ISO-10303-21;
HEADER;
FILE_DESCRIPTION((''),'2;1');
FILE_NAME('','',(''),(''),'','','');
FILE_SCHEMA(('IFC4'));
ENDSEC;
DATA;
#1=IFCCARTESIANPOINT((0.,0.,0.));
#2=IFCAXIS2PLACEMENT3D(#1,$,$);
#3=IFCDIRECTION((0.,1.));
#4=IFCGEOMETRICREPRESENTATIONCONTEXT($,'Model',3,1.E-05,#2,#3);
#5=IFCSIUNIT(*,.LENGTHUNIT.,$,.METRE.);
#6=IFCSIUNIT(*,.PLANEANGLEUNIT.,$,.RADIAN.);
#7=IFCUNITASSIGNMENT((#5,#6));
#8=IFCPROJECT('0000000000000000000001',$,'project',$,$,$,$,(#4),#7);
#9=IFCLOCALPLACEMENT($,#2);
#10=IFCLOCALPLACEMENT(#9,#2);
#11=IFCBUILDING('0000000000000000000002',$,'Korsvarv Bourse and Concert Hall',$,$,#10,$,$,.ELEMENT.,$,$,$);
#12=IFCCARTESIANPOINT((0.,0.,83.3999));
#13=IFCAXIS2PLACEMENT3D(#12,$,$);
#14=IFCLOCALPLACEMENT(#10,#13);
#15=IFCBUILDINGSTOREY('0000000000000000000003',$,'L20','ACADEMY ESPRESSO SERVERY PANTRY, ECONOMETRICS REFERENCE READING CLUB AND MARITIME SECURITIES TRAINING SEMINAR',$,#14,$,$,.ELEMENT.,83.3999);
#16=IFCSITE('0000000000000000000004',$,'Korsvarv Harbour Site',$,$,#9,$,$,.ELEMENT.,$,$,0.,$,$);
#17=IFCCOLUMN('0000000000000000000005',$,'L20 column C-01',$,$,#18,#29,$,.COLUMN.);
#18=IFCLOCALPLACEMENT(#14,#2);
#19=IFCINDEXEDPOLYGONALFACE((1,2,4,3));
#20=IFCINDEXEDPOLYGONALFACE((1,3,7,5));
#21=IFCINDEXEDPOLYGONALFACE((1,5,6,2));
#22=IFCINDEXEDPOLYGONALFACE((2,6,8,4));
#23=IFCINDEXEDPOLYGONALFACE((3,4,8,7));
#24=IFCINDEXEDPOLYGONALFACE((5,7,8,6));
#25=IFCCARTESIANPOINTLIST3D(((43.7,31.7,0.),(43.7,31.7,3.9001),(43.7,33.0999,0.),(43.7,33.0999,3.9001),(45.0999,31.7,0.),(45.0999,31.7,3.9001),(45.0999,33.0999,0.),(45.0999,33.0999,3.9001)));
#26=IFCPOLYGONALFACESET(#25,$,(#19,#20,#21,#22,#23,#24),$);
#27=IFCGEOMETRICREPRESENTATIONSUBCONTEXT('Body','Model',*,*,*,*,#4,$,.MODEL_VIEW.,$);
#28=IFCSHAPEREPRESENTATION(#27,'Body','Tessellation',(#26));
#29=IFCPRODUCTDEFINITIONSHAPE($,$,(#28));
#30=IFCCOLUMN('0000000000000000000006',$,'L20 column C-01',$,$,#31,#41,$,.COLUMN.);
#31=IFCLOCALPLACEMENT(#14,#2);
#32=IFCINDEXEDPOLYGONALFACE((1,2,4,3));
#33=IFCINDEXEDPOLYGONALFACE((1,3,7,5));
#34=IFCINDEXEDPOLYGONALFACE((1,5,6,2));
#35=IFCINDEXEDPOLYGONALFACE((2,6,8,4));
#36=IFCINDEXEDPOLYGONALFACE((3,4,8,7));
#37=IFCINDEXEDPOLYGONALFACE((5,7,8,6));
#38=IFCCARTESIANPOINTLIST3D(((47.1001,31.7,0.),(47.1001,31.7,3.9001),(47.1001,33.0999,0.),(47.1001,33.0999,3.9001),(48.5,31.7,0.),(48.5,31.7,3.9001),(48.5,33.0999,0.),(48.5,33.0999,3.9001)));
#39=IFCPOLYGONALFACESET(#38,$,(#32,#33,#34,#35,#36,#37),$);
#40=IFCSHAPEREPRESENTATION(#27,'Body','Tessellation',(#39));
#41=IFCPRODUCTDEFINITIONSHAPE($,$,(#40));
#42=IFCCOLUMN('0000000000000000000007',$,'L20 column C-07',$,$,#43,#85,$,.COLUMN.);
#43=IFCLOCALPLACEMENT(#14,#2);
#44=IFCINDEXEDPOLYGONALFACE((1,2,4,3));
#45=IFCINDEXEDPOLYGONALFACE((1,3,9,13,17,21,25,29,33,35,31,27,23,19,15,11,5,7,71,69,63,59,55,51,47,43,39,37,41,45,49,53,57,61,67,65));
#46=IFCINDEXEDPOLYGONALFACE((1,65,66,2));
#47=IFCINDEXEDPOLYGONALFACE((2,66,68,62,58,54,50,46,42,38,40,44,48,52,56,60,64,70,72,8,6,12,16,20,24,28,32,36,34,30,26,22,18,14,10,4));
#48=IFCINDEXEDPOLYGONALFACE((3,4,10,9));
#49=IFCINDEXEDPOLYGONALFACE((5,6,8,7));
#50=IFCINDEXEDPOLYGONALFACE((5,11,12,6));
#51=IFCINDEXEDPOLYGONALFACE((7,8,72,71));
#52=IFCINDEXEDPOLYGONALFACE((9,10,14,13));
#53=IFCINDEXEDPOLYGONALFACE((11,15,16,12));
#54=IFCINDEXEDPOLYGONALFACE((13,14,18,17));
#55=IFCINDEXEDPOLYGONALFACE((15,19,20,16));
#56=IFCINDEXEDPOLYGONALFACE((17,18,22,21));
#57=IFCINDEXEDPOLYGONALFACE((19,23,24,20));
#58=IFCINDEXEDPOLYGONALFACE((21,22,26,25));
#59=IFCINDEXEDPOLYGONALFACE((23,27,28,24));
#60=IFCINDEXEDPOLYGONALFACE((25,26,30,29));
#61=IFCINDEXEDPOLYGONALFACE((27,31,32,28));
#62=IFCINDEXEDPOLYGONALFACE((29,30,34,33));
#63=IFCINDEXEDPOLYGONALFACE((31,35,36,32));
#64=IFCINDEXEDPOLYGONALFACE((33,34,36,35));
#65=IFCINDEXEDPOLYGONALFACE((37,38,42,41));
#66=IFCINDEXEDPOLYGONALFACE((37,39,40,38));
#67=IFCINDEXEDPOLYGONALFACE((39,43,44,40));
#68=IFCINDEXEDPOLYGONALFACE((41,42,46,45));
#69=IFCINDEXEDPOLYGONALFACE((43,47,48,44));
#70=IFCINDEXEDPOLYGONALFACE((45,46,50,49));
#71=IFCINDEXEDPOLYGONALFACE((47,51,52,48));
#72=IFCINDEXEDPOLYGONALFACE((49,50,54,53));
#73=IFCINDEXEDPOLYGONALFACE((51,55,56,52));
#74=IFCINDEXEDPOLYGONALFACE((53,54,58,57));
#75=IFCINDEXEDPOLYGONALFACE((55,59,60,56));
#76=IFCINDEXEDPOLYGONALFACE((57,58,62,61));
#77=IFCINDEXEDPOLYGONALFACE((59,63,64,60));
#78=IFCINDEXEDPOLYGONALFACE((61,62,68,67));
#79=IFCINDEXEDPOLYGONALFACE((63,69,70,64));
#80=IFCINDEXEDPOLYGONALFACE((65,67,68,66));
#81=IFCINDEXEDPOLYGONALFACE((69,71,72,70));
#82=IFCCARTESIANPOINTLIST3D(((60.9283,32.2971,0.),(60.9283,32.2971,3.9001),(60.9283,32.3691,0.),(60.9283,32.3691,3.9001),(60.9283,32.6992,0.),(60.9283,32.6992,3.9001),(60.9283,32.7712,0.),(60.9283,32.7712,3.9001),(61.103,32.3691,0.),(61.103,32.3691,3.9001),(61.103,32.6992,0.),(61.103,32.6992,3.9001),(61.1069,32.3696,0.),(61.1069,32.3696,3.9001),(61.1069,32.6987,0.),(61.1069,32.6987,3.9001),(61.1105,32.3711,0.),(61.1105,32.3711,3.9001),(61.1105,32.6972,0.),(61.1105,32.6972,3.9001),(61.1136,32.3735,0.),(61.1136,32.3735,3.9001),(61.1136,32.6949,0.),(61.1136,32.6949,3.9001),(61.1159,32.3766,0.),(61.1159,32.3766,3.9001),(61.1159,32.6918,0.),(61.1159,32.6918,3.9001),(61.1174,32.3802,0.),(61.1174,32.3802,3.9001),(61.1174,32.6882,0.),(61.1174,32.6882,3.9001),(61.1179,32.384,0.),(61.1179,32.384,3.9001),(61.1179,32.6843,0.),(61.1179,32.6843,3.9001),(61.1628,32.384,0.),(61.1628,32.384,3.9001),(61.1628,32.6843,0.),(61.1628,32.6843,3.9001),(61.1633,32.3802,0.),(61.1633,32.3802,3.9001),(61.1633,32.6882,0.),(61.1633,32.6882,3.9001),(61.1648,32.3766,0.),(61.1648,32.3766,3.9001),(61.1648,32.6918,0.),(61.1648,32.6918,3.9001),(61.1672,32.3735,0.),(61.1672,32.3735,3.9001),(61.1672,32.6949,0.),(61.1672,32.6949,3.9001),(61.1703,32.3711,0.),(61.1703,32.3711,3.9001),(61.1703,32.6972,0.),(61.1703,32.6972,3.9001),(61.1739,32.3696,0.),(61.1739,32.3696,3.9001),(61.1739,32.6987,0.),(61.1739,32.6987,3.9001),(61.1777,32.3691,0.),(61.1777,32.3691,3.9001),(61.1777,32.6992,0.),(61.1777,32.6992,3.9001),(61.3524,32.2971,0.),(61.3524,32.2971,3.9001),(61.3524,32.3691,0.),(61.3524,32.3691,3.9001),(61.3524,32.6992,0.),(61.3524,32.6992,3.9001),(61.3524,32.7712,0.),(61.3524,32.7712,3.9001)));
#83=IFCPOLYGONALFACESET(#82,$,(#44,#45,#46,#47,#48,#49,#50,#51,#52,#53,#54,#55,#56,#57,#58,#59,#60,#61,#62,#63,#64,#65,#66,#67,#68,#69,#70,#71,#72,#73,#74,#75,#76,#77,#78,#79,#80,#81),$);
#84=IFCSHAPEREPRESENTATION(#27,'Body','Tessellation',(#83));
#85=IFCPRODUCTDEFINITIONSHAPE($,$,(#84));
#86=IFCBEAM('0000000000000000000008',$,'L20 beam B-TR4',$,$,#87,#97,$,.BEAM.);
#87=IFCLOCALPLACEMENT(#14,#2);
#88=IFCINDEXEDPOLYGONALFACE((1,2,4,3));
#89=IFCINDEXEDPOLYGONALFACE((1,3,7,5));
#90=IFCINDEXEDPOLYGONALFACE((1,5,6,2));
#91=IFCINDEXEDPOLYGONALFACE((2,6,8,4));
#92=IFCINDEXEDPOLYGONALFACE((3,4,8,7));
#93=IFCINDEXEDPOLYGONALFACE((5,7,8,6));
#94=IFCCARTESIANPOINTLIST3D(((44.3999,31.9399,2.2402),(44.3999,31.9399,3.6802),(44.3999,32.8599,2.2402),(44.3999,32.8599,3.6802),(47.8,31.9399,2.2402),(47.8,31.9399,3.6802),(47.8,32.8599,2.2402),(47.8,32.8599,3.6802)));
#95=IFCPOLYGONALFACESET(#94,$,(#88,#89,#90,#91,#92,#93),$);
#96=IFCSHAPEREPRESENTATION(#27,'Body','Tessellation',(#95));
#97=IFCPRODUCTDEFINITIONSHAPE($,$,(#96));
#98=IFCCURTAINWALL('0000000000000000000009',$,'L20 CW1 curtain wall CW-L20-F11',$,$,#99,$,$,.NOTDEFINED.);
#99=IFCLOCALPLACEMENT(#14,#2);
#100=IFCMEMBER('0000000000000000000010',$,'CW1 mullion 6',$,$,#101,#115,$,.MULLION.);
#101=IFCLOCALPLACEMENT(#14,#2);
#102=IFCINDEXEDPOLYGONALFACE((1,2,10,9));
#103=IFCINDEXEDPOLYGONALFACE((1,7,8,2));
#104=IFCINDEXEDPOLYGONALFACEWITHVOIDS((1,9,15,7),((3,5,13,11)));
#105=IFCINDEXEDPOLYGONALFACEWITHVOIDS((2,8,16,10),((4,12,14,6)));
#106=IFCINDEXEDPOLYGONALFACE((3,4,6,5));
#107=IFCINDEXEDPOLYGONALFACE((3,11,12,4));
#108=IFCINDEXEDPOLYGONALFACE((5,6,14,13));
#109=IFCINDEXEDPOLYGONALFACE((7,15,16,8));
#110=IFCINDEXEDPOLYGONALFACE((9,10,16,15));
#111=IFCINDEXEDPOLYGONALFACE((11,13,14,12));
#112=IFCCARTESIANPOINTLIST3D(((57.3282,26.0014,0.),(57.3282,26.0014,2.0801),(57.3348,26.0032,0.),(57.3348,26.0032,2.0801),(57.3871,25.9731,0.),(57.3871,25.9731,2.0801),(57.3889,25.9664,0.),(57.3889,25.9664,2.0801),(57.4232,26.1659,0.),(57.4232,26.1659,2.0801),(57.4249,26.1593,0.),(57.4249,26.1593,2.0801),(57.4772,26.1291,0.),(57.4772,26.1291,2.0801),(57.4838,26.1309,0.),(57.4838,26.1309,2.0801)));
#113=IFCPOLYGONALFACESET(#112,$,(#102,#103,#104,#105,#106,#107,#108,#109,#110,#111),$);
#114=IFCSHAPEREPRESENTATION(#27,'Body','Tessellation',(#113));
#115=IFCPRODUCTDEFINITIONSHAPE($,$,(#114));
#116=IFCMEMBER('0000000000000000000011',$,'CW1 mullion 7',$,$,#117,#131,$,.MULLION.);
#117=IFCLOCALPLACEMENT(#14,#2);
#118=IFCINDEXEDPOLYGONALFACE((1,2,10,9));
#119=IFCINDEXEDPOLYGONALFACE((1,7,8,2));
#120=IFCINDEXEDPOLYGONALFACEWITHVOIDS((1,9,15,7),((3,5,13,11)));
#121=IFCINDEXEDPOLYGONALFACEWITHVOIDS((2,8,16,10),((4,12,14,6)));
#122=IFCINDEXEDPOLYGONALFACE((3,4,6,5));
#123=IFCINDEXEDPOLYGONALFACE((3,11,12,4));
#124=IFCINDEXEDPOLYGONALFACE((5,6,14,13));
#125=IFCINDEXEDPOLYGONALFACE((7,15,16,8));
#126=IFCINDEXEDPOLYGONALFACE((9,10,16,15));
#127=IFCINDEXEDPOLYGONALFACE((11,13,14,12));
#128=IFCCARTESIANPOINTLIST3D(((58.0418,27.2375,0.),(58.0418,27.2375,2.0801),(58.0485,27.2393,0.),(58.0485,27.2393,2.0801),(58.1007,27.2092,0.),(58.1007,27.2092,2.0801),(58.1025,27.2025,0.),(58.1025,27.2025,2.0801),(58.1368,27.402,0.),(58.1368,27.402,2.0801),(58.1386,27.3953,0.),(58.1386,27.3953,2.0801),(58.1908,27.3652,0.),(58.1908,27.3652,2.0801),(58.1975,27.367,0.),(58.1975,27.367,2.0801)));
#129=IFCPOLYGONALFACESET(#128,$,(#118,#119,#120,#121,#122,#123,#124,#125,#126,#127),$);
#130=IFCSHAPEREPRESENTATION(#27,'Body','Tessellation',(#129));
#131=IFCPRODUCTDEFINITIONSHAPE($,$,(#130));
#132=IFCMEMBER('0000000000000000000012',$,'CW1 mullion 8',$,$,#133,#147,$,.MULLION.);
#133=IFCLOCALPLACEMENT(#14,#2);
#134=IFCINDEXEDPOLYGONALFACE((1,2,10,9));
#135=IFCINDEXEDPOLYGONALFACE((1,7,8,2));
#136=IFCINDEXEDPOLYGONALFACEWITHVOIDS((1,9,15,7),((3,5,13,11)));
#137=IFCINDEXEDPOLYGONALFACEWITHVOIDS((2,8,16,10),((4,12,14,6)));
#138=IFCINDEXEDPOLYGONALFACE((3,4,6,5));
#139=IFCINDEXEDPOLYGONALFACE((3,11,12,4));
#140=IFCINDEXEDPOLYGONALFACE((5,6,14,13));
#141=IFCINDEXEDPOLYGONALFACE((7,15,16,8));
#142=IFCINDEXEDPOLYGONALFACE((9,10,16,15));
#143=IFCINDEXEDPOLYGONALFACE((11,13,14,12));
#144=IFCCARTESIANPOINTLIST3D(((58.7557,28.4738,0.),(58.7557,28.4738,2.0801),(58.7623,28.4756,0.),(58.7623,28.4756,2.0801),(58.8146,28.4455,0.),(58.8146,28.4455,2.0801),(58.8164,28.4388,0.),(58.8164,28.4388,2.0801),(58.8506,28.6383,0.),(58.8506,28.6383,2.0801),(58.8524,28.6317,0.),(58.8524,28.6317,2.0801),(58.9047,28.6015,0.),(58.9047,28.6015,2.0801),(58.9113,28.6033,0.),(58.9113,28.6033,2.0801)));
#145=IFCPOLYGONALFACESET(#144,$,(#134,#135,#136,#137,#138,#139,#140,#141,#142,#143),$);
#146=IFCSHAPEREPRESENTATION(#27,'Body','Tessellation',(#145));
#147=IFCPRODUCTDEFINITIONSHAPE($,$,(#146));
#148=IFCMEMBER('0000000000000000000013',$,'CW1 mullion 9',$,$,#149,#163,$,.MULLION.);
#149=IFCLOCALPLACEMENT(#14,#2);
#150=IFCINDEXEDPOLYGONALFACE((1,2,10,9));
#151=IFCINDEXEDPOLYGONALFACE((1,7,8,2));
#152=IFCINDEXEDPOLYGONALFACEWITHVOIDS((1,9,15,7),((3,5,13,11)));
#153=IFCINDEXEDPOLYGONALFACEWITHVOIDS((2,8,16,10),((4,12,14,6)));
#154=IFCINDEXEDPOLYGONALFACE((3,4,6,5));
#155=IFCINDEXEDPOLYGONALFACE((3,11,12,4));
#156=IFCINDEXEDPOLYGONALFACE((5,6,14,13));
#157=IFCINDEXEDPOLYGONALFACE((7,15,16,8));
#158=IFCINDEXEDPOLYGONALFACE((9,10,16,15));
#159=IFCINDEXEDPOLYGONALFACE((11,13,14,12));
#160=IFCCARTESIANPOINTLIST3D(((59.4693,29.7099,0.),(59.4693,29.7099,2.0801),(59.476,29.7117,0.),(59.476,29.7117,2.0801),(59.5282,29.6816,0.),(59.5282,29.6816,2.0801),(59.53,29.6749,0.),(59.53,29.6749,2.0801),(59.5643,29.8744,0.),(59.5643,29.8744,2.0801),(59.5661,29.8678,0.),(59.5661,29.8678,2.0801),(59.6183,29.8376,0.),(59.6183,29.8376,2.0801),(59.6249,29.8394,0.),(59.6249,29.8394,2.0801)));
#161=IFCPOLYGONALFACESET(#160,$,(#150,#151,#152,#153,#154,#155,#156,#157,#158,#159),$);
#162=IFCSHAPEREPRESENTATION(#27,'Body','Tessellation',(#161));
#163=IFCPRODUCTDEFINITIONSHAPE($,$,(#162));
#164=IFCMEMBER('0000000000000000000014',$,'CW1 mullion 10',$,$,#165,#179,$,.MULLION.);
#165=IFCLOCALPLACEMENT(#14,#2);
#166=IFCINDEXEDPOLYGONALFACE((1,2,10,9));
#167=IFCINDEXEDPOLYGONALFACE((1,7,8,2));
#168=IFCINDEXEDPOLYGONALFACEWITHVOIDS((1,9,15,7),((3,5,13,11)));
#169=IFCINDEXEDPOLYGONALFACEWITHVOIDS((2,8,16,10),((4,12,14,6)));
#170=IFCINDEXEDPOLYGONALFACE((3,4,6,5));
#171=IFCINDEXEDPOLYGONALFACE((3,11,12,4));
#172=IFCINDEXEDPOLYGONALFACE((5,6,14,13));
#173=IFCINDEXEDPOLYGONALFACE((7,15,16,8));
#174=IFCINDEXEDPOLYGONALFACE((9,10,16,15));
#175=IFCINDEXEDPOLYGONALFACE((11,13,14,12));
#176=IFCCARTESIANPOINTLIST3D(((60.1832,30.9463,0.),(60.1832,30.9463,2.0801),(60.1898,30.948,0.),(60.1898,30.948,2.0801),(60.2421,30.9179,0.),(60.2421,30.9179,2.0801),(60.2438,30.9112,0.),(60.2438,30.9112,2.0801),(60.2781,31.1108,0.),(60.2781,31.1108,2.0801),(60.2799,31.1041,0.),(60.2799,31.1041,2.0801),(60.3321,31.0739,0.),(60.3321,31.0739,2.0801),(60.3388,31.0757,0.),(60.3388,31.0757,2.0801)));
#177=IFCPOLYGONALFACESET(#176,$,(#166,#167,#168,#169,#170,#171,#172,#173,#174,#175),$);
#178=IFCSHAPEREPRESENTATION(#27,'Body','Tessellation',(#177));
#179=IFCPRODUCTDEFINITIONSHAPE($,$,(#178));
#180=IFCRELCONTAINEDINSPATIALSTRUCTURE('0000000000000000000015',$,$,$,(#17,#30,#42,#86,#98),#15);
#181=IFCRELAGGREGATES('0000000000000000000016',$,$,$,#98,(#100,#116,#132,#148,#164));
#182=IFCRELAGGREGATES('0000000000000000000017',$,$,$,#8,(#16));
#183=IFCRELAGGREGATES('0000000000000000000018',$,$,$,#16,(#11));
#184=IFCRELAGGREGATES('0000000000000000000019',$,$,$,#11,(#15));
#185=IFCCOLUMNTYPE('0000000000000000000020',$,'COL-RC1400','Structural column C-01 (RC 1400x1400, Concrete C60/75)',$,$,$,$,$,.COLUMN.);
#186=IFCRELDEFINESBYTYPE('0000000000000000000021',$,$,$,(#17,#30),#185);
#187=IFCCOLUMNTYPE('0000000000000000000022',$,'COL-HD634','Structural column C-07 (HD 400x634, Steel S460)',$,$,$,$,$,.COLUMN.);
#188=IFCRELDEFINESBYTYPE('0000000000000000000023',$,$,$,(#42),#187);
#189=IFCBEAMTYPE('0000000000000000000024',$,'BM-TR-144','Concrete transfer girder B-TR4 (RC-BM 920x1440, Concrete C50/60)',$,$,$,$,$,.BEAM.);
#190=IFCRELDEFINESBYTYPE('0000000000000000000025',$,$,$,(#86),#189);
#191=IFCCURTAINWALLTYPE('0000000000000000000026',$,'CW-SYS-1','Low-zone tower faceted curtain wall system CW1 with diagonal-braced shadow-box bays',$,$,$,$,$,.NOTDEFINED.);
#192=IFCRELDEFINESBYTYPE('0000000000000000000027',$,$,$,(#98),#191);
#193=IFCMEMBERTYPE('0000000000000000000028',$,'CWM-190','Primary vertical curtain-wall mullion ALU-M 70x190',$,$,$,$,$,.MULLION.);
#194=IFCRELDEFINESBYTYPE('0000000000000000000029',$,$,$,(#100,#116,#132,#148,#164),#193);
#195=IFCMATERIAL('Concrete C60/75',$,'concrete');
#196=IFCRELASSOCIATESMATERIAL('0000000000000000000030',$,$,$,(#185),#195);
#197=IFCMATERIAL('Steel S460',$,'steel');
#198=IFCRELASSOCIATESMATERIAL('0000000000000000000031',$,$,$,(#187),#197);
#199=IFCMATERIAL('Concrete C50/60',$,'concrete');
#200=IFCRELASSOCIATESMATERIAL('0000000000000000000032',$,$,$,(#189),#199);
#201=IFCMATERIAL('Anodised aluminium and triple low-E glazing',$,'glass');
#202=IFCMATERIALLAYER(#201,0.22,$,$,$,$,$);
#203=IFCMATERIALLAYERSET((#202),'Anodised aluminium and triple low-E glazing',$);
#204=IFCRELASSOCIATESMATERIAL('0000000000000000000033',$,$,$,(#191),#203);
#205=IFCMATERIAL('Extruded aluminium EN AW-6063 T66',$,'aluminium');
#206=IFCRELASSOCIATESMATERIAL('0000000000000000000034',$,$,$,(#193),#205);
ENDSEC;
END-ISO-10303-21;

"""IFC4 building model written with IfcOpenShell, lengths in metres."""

from ifc_helpers import new_model, si_unit, direction, frame, origin, origin_2d, place, context, subcontext, project, spatial, rectangle, hollow_rectangle, i_section, extrude, source, transform, mapped, material, layer, layer_set, material_profile, profile_set, type_object, element, aggregate, save


model = new_model("IFC4")

# Units and contexts
model_context = context("Model", 3, precision=1e-05, world=origin(), true_north=direction((0.0, 1.0)))
body_context = subcontext(model_context, "Body", "Model", "MODEL_VIEW")
ifc_project = project(units=[si_unit("LENGTHUNIT", "METRE"), si_unit("PLANEANGLEUNIT", "RADIAN")], contexts=[model_context])

# Site, building, storey
site_placement = place(None, origin())
site = spatial("IfcSite", under=ifc_project, at=site_placement, Name="Korsvarv Harbour Site", CompositionType="ELEMENT", RefElevation=0.0)
building_placement = place(site_placement, origin())
building = spatial("IfcBuilding", under=site, at=building_placement, Name="Korsvarv Bourse and Concert Hall", CompositionType="ELEMENT")
storey_placement = place(building_placement, frame((0.0, 0.0, 83.3999)))
storey = spatial("IfcBuildingStorey", under=building, at=storey_placement, Name="L20", Description="ACADEMY ESPRESSO SERVERY PANTRY, ECONOMETRICS REFERENCE READING CLUB AND MARITIME SECURITIES TRAINING SEMINAR", CompositionType="ELEMENT", Elevation=83.3999)

# Columns
ifc_material_1 = material(Name="Concrete C60/75", Category="concrete")
ifc_material_profile_1 = material_profile(ifc_material_1, rectangle(XDim=1.3999, YDim=1.3999, at=origin_2d()), Name="RC 1400x1400")
ifc_profile_set_1 = profile_set([ifc_material_profile_1], Name="Concrete C60/75")
column_type_1 = type_object("IfcColumnType", Name="COL-RC1400", Description="Structural column C-01 (RC 1400x1400, Concrete C60/75)", PredefinedType="COLUMN", material=ifc_profile_set_1)
shared_shape_1 = source(origin(), body_context, "Body", "SweptSolid", [
    extrude(rectangle(XDim=1.3999, YDim=1.3999, at=origin_2d()), origin(), (0.0, 0.0, 1.0), 3.9001),
])
for number, where, z_axis, x_axis, name in (
    (1, (44.3999, 32.3999, 0.0), (0.0, 0.0, 1.0), (1.0, 0.0, 0.0), "L20 column C-01"),
    (2, (47.8, 32.3999, 0.0), (0.0, 0.0, 1.0), (1.0, 0.0, 0.0), "L20 column C-01"),
):
    element("IfcColumn", number, at=place(storey_placement, frame(where, z_axis=z_axis, x_axis=x_axis)), inside=storey, type_object=column_type_1, Name=name, PredefinedType="COLUMN", context=body_context, shape_type="MappedRepresentation", body=[
        mapped(shared_shape_1, transform((0.0, 0.0, 0.0), scale=1.0)),
    ])
ifc_material_2 = material(Name="Steel S460", Category="steel")
ifc_material_profile_2 = material_profile(ifc_material_2, i_section(OverallWidth=0.4241, OverallDepth=0.4741, WebThickness=0.0449, FlangeThickness=0.072, FilletRadius=0.0149, at=origin_2d()), Name="HD 400x634")
ifc_profile_set_2 = profile_set([ifc_material_profile_2], Name="Steel S460")
column_type_2 = type_object("IfcColumnType", Name="COL-HD634", Description="Structural column C-07 (HD 400x634, Steel S460)", PredefinedType="COLUMN", material=ifc_profile_set_2)
shared_shape_2 = source(origin(), body_context, "Body", "SweptSolid", [
    extrude(i_section(OverallWidth=0.4241, OverallDepth=0.4741, WebThickness=0.0449, FlangeThickness=0.072, FilletRadius=0.0149, at=origin_2d()), origin(), (0.0, 0.0, 1.0), 3.9001),
])
column_placement = place(storey_placement, frame((61.1404, 32.5342, 0.0), z_axis=(0.0, 0.0, 1.0), x_axis=(1.0, 0.0, 0.0)))
element("IfcColumn", 3, at=column_placement, inside=storey, type_object=column_type_2, Name="L20 column C-07", PredefinedType="COLUMN", context=body_context, shape_type="MappedRepresentation", body=[
    mapped(shared_shape_2, transform((0.0, 0.0, 0.0), scale=1.0)),
])

# Beam
ifc_material_3 = material(Name="Concrete C50/60", Category="concrete")
ifc_material_profile_3 = material_profile(ifc_material_3, rectangle(XDim=0.9199, YDim=1.4399, at=origin_2d()), Name="RC-BM 920x1440")
ifc_profile_set_3 = profile_set([ifc_material_profile_3], Name="Concrete C50/60")
beam_type = type_object("IfcBeamType", Name="BM-TR-144", Description="Concrete transfer girder B-TR4 (RC-BM 920x1440, Concrete C50/60)", PredefinedType="BEAM", material=ifc_profile_set_3)
shared_shape_3 = source(origin(), body_context, "Body", "SweptSolid", [
    extrude(rectangle(XDim=0.9199, YDim=1.4399, at=origin_2d()), origin(), (0.0, 0.0, 1.0), 3.4001),
])
beam_placement = place(storey_placement, frame((44.3999, 32.3999, 2.9602), z_axis=(1.0, 0.0, 0.0), x_axis=(0.0, 1.0, 0.0)))
element("IfcBeam", 4, at=beam_placement, inside=storey, type_object=beam_type, Name="L20 beam B-TR4", PredefinedType="BEAM", context=body_context, shape_type="MappedRepresentation", body=[
    mapped(shared_shape_3, transform((0.0, 0.0, 0.0), scale=1.0)),
])

# Curtain wall, members
ifc_material_4 = material(Name="Anodised aluminium and triple low-E glazing", Category="glass")
ifc_layer_1 = layer(ifc_material_4, 0.22)
ifc_layer_set_1 = layer_set([ifc_layer_1], Name="Anodised aluminium and triple low-E glazing")
curtain_wall_type = type_object("IfcCurtainWallType", Name="CW-SYS-1", Description="Low-zone tower faceted curtain wall system CW1 with diagonal-braced shadow-box bays", PredefinedType="NOTDEFINED", material=ifc_layer_set_1)
curtain_wall_placement = place(storey_placement, origin())
curtain_wall = element("IfcCurtainWall", 5, at=curtain_wall_placement, inside=storey, type_object=curtain_wall_type, Name="L20 CW1 curtain wall CW-L20-F11", PredefinedType="NOTDEFINED")
ifc_material_5 = material(Name="Extruded aluminium EN AW-6063 T66", Category="aluminium")
ifc_material_profile_4 = material_profile(ifc_material_5, hollow_rectangle(XDim=0.0701, YDim=0.1899, WallThickness=0.0049, at=origin_2d()), Name="ALU-M 70x190")
ifc_profile_set_4 = profile_set([ifc_material_profile_4], Name="Extruded aluminium EN AW-6063 T66")
member_type_1 = type_object("IfcMemberType", Name="CWM-190", Description="Primary vertical curtain-wall mullion ALU-M 70x190", PredefinedType="MULLION", material=ifc_profile_set_4)
shared_shape_4 = source(origin(), body_context, "Body", "SweptSolid", [
    extrude(hollow_rectangle(XDim=0.0701, YDim=0.1899, WallThickness=0.0049, at=origin_2d()), origin(), (0.0, 0.0, 1.0), 2.0801),
])
member_1_placement = place(storey_placement, frame((57.406, 26.0662, 0.0), z_axis=(0.0, 0.0, 1.0), x_axis=(-0.866024, 0.500002, 0.0)))
member_1 = element("IfcMember", 6, at=member_1_placement, type_object=member_type_1, Name="CW1 mullion 6", PredefinedType="MULLION", context=body_context, shape_type="MappedRepresentation", body=[
    mapped(shared_shape_4, transform((0.0, 0.0, 0.0), scale=1.0)),
])
member_2_placement = place(storey_placement, frame((58.1196, 27.3022, 0.0), z_axis=(0.0, 0.0, 1.0), x_axis=(-0.866024, 0.500002, 0.0)))
member_2 = element("IfcMember", 7, at=member_2_placement, type_object=member_type_1, Name="CW1 mullion 7", PredefinedType="MULLION", context=body_context, shape_type="MappedRepresentation", body=[
    mapped(shared_shape_4, transform((0.0, 0.0, 0.0), scale=1.0)),
])
member_3_placement = place(storey_placement, frame((58.8335, 28.5386, 0.0), z_axis=(0.0, 0.0, 1.0), x_axis=(-0.866024, 0.500002, 0.0)))
member_3 = element("IfcMember", 8, at=member_3_placement, type_object=member_type_1, Name="CW1 mullion 8", PredefinedType="MULLION", context=body_context, shape_type="MappedRepresentation", body=[
    mapped(shared_shape_4, transform((0.0, 0.0, 0.0), scale=1.0)),
])
member_4_placement = place(storey_placement, frame((59.5471, 29.7747, 0.0), z_axis=(0.0, 0.0, 1.0), x_axis=(-0.866024, 0.500002, 0.0)))
member_4 = element("IfcMember", 9, at=member_4_placement, type_object=member_type_1, Name="CW1 mullion 9", PredefinedType="MULLION", context=body_context, shape_type="MappedRepresentation", body=[
    mapped(shared_shape_4, transform((0.0, 0.0, 0.0), scale=1.0)),
])
member_5_placement = place(storey_placement, frame((60.261, 31.011, 0.0), z_axis=(0.0, 0.0, 1.0), x_axis=(-0.866024, 0.500002, 0.0)))
member_5 = element("IfcMember", 10, at=member_5_placement, type_object=member_type_1, Name="CW1 mullion 10", PredefinedType="MULLION", context=body_context, shape_type="MappedRepresentation", body=[
    mapped(shared_shape_4, transform((0.0, 0.0, 0.0), scale=1.0)),
])
aggregate(curtain_wall, [member_1, member_2, member_3, member_4, member_5])

save(model, "model.ifc")
